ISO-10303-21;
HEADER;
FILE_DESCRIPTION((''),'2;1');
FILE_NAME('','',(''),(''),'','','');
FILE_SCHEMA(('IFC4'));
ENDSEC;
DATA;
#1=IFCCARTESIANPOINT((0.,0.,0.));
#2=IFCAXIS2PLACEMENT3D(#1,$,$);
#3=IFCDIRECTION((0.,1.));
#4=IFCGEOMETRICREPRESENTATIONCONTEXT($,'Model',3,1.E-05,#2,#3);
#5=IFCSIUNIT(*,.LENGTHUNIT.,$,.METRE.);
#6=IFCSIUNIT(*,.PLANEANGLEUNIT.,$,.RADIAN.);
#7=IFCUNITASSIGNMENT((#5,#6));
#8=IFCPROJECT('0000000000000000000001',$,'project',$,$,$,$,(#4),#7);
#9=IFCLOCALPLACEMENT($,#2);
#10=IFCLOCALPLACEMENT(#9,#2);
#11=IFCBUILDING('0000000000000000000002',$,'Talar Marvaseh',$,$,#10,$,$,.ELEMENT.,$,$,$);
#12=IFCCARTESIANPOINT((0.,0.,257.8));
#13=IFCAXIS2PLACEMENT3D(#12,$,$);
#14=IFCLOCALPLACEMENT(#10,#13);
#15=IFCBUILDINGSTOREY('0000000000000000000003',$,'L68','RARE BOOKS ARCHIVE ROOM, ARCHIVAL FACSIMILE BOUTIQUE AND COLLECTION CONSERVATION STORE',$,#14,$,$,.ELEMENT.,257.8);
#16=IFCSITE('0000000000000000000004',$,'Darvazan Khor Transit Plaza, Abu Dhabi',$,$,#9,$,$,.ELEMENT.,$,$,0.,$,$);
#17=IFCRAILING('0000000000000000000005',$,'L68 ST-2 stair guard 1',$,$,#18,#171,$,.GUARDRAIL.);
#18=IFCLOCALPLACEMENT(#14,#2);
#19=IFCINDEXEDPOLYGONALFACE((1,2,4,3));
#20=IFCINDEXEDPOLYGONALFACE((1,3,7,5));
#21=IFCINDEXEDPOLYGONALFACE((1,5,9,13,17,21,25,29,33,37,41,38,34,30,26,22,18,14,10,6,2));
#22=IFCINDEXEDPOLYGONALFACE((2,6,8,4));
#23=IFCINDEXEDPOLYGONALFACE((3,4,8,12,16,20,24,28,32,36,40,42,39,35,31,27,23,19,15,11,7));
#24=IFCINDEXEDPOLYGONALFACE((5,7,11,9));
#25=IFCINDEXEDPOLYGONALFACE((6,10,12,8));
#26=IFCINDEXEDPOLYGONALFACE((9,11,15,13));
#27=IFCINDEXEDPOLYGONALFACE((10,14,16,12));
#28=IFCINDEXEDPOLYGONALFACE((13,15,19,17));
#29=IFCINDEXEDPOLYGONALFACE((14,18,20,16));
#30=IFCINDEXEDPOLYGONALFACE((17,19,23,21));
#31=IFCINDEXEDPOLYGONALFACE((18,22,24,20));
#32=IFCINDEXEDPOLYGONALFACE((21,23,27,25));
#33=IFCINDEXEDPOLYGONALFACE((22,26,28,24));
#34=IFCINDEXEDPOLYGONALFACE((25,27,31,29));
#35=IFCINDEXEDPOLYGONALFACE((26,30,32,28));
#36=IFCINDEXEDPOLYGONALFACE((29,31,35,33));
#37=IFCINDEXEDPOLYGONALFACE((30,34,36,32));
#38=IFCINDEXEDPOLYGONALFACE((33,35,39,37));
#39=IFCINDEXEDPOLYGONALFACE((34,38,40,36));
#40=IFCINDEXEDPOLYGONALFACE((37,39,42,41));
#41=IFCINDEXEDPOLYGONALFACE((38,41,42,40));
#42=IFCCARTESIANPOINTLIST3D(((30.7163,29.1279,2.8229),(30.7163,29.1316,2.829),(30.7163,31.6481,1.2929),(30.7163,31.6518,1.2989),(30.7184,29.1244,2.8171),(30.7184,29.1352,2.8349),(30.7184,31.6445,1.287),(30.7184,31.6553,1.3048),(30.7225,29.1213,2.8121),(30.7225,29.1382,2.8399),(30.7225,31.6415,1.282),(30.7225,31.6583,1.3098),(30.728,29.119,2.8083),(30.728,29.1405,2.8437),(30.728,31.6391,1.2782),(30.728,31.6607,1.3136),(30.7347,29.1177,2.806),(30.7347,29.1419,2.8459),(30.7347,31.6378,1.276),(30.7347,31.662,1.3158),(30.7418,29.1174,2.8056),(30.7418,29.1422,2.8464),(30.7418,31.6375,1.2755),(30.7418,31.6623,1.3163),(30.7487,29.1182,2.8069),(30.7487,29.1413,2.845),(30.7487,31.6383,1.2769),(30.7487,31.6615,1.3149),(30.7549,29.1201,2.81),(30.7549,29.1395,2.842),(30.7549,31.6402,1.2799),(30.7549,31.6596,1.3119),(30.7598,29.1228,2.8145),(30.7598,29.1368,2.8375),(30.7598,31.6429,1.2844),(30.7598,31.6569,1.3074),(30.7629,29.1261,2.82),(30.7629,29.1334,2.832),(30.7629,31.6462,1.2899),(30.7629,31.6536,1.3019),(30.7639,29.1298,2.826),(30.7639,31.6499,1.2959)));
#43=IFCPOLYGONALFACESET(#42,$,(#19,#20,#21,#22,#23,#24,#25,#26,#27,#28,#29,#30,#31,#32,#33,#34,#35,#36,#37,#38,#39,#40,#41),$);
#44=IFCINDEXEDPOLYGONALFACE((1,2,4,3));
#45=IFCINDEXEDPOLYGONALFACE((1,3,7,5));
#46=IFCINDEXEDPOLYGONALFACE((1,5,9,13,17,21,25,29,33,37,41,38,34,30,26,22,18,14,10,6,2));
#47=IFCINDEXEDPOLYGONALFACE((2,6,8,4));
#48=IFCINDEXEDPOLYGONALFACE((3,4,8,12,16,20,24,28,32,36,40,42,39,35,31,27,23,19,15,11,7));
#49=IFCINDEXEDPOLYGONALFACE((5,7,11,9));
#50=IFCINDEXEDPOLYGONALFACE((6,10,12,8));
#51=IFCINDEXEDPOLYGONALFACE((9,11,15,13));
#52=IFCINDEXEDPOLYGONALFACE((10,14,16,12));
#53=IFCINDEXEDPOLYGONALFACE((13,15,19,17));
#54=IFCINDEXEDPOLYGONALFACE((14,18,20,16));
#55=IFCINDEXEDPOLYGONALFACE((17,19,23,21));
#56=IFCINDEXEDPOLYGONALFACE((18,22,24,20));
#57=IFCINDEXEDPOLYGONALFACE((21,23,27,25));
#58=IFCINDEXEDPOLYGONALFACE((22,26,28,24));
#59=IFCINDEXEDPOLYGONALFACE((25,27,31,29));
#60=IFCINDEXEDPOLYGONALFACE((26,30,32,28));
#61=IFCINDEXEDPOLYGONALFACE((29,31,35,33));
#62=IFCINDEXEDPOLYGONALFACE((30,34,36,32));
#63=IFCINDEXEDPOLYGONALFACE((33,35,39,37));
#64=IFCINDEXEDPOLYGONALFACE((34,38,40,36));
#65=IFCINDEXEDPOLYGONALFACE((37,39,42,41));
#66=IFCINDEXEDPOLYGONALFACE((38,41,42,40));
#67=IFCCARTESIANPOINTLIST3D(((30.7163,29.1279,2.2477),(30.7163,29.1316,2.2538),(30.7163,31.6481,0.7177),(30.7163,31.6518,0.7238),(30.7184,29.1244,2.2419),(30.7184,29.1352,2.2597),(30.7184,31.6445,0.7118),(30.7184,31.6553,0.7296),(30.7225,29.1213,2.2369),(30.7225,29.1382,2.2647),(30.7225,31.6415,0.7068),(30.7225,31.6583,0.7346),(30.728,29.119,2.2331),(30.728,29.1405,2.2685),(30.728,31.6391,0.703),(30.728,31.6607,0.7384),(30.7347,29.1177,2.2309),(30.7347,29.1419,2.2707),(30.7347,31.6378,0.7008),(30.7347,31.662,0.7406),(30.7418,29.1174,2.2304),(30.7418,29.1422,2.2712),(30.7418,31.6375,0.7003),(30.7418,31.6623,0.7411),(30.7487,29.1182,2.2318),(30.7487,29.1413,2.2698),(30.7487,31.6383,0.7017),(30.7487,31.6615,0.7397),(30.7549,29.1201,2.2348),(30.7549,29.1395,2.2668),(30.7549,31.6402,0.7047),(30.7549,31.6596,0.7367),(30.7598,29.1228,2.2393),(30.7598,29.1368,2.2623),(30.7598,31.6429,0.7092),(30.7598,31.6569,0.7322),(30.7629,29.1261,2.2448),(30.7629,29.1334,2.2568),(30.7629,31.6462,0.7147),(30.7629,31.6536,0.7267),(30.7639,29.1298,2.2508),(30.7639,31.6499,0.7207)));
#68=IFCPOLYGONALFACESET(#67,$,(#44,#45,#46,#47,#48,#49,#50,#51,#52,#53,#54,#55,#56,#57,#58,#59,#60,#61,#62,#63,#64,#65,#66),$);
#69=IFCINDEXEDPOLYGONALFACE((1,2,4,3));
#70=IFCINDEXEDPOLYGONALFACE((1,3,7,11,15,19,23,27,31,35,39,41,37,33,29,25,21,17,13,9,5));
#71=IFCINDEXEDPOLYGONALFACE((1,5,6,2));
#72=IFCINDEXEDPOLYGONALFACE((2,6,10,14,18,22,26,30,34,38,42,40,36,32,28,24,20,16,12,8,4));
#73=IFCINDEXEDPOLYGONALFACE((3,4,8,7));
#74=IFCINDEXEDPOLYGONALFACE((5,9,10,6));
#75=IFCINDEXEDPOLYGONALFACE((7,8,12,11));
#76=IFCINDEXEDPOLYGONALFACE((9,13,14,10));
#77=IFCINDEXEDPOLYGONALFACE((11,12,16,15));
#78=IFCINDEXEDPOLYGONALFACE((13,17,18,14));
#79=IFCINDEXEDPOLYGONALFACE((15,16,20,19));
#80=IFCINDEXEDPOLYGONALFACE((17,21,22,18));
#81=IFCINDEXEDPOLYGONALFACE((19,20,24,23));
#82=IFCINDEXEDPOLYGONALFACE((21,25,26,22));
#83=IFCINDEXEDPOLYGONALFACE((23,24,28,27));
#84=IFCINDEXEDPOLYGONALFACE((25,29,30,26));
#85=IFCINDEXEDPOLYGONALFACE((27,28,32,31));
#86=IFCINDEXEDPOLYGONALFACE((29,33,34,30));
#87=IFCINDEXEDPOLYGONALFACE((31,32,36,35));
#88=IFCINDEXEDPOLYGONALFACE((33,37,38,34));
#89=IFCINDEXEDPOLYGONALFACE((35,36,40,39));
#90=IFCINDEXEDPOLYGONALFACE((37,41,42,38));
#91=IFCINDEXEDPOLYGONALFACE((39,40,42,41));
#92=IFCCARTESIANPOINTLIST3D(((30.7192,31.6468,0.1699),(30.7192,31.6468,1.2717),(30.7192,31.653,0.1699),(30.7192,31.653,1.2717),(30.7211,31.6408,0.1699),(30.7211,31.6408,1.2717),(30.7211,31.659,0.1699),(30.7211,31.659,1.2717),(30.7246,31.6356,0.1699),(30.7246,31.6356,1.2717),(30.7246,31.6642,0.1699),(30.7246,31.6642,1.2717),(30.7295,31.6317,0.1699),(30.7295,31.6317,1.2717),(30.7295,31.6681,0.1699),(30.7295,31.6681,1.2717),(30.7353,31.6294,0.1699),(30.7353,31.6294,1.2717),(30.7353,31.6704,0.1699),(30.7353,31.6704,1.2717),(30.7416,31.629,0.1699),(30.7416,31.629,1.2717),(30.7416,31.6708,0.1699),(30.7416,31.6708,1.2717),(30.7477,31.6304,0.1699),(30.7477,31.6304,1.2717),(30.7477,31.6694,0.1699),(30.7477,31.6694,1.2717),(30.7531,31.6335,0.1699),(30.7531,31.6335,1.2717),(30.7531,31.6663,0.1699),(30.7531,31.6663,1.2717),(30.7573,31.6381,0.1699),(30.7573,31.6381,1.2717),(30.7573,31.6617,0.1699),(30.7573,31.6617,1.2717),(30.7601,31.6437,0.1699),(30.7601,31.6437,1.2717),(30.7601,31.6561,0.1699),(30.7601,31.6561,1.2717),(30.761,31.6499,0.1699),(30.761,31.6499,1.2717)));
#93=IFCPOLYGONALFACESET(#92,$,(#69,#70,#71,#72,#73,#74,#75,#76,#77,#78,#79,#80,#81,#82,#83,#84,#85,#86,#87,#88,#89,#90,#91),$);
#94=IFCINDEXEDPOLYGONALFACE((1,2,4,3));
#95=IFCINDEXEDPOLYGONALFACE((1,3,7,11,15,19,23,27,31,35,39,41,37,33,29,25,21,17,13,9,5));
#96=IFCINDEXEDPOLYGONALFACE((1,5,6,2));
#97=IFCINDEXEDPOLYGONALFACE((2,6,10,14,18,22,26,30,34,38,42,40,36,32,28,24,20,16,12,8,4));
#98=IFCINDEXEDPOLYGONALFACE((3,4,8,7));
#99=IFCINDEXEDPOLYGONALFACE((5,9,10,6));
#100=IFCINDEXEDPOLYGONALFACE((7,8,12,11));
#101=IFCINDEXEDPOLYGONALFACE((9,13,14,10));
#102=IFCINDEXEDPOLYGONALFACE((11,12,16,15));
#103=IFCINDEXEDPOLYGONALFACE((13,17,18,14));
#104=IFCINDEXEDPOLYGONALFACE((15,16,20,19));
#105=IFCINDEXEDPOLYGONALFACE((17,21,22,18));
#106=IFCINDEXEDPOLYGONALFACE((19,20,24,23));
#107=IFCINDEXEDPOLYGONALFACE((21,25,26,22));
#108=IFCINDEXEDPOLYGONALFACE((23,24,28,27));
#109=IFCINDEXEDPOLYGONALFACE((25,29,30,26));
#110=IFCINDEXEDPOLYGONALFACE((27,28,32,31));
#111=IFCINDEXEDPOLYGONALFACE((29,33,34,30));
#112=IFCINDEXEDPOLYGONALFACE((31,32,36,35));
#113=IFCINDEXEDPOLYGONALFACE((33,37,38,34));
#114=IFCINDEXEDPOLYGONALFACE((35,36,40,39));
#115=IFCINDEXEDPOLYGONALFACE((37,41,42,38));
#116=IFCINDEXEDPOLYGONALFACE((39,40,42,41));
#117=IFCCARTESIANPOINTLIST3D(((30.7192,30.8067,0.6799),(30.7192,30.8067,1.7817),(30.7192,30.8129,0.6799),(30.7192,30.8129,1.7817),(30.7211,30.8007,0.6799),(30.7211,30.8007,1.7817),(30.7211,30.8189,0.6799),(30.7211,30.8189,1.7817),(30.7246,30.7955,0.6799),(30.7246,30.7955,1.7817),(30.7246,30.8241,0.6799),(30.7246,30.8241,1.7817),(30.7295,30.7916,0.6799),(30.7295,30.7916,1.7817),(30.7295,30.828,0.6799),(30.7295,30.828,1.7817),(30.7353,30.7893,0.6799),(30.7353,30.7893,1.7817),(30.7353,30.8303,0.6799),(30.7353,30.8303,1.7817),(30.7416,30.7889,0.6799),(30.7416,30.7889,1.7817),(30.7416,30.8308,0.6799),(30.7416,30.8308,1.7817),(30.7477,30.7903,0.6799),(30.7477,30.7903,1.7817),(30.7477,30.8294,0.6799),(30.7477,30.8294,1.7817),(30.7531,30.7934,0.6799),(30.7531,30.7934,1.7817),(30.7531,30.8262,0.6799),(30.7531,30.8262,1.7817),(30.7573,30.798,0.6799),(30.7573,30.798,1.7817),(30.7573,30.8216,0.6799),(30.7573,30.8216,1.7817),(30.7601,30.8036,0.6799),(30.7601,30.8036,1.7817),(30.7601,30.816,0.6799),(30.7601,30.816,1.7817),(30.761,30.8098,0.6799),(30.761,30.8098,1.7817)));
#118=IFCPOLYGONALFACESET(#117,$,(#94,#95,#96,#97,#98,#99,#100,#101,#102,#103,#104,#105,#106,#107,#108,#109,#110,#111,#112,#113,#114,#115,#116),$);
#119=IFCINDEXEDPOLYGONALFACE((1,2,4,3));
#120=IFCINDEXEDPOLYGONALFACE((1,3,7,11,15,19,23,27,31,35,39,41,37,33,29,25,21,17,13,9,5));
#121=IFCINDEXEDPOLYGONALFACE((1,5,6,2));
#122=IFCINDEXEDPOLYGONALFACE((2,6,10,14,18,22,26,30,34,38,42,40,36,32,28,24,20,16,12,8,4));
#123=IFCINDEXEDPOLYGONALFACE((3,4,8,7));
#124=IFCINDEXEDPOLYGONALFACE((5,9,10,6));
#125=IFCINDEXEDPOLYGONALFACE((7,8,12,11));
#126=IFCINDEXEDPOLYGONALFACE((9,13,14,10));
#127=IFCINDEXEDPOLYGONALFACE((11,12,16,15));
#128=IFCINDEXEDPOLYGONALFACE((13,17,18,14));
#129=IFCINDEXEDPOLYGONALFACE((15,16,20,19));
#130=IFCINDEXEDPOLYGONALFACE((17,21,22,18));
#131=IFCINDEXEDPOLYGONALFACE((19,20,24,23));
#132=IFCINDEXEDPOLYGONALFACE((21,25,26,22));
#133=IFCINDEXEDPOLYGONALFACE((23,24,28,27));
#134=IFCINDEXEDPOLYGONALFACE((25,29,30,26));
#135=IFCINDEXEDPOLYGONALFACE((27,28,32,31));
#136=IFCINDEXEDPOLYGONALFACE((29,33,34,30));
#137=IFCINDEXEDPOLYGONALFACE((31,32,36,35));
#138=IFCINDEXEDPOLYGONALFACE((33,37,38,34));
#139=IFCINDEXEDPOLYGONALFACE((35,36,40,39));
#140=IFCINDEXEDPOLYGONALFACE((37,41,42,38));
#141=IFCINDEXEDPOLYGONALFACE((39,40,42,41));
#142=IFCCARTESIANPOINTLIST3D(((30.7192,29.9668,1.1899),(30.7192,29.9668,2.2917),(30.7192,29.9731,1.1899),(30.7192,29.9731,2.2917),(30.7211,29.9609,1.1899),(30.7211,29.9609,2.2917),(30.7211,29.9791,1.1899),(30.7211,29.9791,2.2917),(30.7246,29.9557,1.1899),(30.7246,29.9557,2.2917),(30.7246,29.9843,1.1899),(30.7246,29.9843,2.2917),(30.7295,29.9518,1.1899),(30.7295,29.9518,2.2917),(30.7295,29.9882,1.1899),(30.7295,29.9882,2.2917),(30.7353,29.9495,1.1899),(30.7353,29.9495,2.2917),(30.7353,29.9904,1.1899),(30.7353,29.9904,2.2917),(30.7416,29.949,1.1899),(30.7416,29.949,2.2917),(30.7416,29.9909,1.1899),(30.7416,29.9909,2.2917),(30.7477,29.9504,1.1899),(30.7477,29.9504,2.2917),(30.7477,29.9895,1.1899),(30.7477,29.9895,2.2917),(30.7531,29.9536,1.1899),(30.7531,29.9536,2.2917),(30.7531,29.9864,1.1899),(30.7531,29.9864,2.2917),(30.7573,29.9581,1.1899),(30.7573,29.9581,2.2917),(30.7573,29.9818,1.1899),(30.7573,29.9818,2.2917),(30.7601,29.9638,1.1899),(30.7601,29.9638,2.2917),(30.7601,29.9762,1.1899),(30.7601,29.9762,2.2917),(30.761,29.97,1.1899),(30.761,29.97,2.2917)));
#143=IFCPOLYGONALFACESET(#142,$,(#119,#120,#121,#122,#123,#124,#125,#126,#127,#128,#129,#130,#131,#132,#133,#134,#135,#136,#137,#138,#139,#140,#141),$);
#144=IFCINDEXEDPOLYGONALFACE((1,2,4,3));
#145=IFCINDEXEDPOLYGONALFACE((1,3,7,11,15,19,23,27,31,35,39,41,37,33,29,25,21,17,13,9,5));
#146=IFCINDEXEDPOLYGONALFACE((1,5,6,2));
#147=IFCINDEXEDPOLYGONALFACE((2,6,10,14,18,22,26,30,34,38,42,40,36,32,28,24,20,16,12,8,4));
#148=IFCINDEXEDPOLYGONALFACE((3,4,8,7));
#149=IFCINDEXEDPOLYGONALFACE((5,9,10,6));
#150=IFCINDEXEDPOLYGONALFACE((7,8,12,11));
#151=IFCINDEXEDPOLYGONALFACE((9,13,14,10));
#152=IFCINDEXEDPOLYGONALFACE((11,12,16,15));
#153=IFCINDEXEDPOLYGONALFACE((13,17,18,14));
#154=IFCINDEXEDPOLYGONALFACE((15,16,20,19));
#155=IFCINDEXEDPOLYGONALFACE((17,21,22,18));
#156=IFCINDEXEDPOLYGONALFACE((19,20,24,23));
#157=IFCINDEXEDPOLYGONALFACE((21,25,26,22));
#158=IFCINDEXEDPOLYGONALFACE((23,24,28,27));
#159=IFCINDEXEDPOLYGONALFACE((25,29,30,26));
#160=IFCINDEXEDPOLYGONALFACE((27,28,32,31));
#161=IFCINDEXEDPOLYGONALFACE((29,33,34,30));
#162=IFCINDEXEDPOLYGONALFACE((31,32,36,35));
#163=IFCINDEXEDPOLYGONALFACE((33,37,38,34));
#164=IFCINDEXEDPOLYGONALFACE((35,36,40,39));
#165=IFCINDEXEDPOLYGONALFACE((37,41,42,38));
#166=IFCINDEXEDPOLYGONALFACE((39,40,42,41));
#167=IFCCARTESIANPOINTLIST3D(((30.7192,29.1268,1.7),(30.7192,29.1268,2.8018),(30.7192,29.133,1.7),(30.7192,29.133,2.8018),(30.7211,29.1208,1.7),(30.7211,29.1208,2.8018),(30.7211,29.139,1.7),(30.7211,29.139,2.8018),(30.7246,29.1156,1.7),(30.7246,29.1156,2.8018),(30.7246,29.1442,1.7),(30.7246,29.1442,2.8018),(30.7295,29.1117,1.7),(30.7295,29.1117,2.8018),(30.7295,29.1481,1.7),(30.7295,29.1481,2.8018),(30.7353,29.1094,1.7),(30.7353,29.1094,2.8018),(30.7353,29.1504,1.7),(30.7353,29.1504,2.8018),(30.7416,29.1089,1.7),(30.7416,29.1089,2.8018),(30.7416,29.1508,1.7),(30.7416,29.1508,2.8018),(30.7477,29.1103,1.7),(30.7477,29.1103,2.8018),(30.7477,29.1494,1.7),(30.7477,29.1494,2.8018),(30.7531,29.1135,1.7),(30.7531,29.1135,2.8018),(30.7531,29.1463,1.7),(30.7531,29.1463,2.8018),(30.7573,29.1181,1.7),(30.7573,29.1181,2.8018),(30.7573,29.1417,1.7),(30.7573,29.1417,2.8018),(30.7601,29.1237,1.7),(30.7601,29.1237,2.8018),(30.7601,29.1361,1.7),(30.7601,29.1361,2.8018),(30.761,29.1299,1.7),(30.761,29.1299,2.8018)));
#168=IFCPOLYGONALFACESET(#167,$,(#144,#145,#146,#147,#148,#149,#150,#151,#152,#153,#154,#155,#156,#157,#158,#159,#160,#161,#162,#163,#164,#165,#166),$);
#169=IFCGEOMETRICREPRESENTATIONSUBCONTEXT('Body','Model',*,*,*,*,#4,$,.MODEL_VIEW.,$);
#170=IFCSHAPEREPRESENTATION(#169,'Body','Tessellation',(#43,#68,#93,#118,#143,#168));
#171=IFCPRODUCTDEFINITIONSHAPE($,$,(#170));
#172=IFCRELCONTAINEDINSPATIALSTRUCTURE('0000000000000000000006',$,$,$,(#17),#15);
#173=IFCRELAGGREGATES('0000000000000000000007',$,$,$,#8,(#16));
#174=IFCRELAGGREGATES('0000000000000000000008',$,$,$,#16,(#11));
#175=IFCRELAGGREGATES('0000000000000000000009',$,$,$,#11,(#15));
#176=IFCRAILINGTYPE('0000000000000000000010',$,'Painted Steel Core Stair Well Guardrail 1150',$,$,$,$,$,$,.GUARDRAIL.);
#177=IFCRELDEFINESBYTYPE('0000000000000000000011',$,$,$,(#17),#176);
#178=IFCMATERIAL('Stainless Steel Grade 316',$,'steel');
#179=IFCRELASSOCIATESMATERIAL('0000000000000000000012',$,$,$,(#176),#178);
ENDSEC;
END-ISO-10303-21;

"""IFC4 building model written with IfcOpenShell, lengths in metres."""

from ifc_helpers import new_model, si_unit, direction, frame, origin, origin_2d, place, context, subcontext, project, spatial, circle, extrude, material, type_object, element, save


model = new_model("IFC4")

# Units and contexts
model_context = context("Model", 3, precision=1e-05, world=origin(), true_north=direction((0.0, 1.0)))
body_context = subcontext(model_context, "Body", "Model", "MODEL_VIEW")
ifc_project = project(units=[si_unit("LENGTHUNIT", "METRE"), si_unit("PLANEANGLEUNIT", "RADIAN")], contexts=[model_context])

# Site, building, storey
site_placement = place(None, origin())
site = spatial("IfcSite", under=ifc_project, at=site_placement, Name="Darvazan Khor Transit Plaza, Abu Dhabi", CompositionType="ELEMENT", RefElevation=0.0)
building_placement = place(site_placement, origin())
building = spatial("IfcBuilding", under=site, at=building_placement, Name="Talar Marvaseh", CompositionType="ELEMENT")
storey_placement = place(building_placement, frame((0.0, 0.0, 257.8)))
storey = spatial("IfcBuildingStorey", under=building, at=storey_placement, Name="L68", Description="RARE BOOKS ARCHIVE ROOM, ARCHIVAL FACSIMILE BOUTIQUE AND COLLECTION CONSERVATION STORE", CompositionType="ELEMENT", Elevation=257.8)

# Shared definitions
ifc_material_1 = material(Name="Stainless Steel Grade 316", Category="steel")

# Railing
railing_type_1 = type_object("IfcRailingType", Name="Painted Steel Core Stair Well Guardrail 1150", PredefinedType="GUARDRAIL", material=ifc_material_1)
railing_1_placement = place(storey_placement, frame((30.74, 31.6499, 0.1699)))
element("IfcRailing", 1, at=railing_1_placement, inside=storey, type_object=railing_type_1, Name="L68 ST-2 stair guard 1", PredefinedType="GUARDRAIL", context=body_context, shape_type="SweptSolid", body=[
    extrude(circle(Radius=0.0239, at=origin_2d()), frame((0.0, 0.0, 1.126), z_axis=(0.0, -0.854785, 0.518982), x_axis=(1.0, 0.0, 0.0)), (0.0, 0.0, 1.0), 2.9482),
    extrude(circle(Radius=0.0239, at=origin_2d()), frame((0.0, 0.0, 0.5508), z_axis=(0.0, -0.854785, 0.518982), x_axis=(1.0, 0.0, 0.0)), (0.0, 0.0, 1.0), 2.9482),
    extrude(circle(Radius=0.021, at=origin_2d()), origin(), (0.0, 0.0, 1.0), 1.1018),
    extrude(circle(Radius=0.021, at=origin_2d()), frame((0.0, -0.8401, 0.51)), (0.0, 0.0, 1.0), 1.1018),
    extrude(circle(Radius=0.021, at=origin_2d()), frame((0.0, -1.6799, 1.02)), (0.0, 0.0, 1.0), 1.1018),
    extrude(circle(Radius=0.021, at=origin_2d()), frame((0.0, -2.52, 1.53)), (0.0, 0.0, 1.0), 1.1018),
])

save(model, "model.ifc")
